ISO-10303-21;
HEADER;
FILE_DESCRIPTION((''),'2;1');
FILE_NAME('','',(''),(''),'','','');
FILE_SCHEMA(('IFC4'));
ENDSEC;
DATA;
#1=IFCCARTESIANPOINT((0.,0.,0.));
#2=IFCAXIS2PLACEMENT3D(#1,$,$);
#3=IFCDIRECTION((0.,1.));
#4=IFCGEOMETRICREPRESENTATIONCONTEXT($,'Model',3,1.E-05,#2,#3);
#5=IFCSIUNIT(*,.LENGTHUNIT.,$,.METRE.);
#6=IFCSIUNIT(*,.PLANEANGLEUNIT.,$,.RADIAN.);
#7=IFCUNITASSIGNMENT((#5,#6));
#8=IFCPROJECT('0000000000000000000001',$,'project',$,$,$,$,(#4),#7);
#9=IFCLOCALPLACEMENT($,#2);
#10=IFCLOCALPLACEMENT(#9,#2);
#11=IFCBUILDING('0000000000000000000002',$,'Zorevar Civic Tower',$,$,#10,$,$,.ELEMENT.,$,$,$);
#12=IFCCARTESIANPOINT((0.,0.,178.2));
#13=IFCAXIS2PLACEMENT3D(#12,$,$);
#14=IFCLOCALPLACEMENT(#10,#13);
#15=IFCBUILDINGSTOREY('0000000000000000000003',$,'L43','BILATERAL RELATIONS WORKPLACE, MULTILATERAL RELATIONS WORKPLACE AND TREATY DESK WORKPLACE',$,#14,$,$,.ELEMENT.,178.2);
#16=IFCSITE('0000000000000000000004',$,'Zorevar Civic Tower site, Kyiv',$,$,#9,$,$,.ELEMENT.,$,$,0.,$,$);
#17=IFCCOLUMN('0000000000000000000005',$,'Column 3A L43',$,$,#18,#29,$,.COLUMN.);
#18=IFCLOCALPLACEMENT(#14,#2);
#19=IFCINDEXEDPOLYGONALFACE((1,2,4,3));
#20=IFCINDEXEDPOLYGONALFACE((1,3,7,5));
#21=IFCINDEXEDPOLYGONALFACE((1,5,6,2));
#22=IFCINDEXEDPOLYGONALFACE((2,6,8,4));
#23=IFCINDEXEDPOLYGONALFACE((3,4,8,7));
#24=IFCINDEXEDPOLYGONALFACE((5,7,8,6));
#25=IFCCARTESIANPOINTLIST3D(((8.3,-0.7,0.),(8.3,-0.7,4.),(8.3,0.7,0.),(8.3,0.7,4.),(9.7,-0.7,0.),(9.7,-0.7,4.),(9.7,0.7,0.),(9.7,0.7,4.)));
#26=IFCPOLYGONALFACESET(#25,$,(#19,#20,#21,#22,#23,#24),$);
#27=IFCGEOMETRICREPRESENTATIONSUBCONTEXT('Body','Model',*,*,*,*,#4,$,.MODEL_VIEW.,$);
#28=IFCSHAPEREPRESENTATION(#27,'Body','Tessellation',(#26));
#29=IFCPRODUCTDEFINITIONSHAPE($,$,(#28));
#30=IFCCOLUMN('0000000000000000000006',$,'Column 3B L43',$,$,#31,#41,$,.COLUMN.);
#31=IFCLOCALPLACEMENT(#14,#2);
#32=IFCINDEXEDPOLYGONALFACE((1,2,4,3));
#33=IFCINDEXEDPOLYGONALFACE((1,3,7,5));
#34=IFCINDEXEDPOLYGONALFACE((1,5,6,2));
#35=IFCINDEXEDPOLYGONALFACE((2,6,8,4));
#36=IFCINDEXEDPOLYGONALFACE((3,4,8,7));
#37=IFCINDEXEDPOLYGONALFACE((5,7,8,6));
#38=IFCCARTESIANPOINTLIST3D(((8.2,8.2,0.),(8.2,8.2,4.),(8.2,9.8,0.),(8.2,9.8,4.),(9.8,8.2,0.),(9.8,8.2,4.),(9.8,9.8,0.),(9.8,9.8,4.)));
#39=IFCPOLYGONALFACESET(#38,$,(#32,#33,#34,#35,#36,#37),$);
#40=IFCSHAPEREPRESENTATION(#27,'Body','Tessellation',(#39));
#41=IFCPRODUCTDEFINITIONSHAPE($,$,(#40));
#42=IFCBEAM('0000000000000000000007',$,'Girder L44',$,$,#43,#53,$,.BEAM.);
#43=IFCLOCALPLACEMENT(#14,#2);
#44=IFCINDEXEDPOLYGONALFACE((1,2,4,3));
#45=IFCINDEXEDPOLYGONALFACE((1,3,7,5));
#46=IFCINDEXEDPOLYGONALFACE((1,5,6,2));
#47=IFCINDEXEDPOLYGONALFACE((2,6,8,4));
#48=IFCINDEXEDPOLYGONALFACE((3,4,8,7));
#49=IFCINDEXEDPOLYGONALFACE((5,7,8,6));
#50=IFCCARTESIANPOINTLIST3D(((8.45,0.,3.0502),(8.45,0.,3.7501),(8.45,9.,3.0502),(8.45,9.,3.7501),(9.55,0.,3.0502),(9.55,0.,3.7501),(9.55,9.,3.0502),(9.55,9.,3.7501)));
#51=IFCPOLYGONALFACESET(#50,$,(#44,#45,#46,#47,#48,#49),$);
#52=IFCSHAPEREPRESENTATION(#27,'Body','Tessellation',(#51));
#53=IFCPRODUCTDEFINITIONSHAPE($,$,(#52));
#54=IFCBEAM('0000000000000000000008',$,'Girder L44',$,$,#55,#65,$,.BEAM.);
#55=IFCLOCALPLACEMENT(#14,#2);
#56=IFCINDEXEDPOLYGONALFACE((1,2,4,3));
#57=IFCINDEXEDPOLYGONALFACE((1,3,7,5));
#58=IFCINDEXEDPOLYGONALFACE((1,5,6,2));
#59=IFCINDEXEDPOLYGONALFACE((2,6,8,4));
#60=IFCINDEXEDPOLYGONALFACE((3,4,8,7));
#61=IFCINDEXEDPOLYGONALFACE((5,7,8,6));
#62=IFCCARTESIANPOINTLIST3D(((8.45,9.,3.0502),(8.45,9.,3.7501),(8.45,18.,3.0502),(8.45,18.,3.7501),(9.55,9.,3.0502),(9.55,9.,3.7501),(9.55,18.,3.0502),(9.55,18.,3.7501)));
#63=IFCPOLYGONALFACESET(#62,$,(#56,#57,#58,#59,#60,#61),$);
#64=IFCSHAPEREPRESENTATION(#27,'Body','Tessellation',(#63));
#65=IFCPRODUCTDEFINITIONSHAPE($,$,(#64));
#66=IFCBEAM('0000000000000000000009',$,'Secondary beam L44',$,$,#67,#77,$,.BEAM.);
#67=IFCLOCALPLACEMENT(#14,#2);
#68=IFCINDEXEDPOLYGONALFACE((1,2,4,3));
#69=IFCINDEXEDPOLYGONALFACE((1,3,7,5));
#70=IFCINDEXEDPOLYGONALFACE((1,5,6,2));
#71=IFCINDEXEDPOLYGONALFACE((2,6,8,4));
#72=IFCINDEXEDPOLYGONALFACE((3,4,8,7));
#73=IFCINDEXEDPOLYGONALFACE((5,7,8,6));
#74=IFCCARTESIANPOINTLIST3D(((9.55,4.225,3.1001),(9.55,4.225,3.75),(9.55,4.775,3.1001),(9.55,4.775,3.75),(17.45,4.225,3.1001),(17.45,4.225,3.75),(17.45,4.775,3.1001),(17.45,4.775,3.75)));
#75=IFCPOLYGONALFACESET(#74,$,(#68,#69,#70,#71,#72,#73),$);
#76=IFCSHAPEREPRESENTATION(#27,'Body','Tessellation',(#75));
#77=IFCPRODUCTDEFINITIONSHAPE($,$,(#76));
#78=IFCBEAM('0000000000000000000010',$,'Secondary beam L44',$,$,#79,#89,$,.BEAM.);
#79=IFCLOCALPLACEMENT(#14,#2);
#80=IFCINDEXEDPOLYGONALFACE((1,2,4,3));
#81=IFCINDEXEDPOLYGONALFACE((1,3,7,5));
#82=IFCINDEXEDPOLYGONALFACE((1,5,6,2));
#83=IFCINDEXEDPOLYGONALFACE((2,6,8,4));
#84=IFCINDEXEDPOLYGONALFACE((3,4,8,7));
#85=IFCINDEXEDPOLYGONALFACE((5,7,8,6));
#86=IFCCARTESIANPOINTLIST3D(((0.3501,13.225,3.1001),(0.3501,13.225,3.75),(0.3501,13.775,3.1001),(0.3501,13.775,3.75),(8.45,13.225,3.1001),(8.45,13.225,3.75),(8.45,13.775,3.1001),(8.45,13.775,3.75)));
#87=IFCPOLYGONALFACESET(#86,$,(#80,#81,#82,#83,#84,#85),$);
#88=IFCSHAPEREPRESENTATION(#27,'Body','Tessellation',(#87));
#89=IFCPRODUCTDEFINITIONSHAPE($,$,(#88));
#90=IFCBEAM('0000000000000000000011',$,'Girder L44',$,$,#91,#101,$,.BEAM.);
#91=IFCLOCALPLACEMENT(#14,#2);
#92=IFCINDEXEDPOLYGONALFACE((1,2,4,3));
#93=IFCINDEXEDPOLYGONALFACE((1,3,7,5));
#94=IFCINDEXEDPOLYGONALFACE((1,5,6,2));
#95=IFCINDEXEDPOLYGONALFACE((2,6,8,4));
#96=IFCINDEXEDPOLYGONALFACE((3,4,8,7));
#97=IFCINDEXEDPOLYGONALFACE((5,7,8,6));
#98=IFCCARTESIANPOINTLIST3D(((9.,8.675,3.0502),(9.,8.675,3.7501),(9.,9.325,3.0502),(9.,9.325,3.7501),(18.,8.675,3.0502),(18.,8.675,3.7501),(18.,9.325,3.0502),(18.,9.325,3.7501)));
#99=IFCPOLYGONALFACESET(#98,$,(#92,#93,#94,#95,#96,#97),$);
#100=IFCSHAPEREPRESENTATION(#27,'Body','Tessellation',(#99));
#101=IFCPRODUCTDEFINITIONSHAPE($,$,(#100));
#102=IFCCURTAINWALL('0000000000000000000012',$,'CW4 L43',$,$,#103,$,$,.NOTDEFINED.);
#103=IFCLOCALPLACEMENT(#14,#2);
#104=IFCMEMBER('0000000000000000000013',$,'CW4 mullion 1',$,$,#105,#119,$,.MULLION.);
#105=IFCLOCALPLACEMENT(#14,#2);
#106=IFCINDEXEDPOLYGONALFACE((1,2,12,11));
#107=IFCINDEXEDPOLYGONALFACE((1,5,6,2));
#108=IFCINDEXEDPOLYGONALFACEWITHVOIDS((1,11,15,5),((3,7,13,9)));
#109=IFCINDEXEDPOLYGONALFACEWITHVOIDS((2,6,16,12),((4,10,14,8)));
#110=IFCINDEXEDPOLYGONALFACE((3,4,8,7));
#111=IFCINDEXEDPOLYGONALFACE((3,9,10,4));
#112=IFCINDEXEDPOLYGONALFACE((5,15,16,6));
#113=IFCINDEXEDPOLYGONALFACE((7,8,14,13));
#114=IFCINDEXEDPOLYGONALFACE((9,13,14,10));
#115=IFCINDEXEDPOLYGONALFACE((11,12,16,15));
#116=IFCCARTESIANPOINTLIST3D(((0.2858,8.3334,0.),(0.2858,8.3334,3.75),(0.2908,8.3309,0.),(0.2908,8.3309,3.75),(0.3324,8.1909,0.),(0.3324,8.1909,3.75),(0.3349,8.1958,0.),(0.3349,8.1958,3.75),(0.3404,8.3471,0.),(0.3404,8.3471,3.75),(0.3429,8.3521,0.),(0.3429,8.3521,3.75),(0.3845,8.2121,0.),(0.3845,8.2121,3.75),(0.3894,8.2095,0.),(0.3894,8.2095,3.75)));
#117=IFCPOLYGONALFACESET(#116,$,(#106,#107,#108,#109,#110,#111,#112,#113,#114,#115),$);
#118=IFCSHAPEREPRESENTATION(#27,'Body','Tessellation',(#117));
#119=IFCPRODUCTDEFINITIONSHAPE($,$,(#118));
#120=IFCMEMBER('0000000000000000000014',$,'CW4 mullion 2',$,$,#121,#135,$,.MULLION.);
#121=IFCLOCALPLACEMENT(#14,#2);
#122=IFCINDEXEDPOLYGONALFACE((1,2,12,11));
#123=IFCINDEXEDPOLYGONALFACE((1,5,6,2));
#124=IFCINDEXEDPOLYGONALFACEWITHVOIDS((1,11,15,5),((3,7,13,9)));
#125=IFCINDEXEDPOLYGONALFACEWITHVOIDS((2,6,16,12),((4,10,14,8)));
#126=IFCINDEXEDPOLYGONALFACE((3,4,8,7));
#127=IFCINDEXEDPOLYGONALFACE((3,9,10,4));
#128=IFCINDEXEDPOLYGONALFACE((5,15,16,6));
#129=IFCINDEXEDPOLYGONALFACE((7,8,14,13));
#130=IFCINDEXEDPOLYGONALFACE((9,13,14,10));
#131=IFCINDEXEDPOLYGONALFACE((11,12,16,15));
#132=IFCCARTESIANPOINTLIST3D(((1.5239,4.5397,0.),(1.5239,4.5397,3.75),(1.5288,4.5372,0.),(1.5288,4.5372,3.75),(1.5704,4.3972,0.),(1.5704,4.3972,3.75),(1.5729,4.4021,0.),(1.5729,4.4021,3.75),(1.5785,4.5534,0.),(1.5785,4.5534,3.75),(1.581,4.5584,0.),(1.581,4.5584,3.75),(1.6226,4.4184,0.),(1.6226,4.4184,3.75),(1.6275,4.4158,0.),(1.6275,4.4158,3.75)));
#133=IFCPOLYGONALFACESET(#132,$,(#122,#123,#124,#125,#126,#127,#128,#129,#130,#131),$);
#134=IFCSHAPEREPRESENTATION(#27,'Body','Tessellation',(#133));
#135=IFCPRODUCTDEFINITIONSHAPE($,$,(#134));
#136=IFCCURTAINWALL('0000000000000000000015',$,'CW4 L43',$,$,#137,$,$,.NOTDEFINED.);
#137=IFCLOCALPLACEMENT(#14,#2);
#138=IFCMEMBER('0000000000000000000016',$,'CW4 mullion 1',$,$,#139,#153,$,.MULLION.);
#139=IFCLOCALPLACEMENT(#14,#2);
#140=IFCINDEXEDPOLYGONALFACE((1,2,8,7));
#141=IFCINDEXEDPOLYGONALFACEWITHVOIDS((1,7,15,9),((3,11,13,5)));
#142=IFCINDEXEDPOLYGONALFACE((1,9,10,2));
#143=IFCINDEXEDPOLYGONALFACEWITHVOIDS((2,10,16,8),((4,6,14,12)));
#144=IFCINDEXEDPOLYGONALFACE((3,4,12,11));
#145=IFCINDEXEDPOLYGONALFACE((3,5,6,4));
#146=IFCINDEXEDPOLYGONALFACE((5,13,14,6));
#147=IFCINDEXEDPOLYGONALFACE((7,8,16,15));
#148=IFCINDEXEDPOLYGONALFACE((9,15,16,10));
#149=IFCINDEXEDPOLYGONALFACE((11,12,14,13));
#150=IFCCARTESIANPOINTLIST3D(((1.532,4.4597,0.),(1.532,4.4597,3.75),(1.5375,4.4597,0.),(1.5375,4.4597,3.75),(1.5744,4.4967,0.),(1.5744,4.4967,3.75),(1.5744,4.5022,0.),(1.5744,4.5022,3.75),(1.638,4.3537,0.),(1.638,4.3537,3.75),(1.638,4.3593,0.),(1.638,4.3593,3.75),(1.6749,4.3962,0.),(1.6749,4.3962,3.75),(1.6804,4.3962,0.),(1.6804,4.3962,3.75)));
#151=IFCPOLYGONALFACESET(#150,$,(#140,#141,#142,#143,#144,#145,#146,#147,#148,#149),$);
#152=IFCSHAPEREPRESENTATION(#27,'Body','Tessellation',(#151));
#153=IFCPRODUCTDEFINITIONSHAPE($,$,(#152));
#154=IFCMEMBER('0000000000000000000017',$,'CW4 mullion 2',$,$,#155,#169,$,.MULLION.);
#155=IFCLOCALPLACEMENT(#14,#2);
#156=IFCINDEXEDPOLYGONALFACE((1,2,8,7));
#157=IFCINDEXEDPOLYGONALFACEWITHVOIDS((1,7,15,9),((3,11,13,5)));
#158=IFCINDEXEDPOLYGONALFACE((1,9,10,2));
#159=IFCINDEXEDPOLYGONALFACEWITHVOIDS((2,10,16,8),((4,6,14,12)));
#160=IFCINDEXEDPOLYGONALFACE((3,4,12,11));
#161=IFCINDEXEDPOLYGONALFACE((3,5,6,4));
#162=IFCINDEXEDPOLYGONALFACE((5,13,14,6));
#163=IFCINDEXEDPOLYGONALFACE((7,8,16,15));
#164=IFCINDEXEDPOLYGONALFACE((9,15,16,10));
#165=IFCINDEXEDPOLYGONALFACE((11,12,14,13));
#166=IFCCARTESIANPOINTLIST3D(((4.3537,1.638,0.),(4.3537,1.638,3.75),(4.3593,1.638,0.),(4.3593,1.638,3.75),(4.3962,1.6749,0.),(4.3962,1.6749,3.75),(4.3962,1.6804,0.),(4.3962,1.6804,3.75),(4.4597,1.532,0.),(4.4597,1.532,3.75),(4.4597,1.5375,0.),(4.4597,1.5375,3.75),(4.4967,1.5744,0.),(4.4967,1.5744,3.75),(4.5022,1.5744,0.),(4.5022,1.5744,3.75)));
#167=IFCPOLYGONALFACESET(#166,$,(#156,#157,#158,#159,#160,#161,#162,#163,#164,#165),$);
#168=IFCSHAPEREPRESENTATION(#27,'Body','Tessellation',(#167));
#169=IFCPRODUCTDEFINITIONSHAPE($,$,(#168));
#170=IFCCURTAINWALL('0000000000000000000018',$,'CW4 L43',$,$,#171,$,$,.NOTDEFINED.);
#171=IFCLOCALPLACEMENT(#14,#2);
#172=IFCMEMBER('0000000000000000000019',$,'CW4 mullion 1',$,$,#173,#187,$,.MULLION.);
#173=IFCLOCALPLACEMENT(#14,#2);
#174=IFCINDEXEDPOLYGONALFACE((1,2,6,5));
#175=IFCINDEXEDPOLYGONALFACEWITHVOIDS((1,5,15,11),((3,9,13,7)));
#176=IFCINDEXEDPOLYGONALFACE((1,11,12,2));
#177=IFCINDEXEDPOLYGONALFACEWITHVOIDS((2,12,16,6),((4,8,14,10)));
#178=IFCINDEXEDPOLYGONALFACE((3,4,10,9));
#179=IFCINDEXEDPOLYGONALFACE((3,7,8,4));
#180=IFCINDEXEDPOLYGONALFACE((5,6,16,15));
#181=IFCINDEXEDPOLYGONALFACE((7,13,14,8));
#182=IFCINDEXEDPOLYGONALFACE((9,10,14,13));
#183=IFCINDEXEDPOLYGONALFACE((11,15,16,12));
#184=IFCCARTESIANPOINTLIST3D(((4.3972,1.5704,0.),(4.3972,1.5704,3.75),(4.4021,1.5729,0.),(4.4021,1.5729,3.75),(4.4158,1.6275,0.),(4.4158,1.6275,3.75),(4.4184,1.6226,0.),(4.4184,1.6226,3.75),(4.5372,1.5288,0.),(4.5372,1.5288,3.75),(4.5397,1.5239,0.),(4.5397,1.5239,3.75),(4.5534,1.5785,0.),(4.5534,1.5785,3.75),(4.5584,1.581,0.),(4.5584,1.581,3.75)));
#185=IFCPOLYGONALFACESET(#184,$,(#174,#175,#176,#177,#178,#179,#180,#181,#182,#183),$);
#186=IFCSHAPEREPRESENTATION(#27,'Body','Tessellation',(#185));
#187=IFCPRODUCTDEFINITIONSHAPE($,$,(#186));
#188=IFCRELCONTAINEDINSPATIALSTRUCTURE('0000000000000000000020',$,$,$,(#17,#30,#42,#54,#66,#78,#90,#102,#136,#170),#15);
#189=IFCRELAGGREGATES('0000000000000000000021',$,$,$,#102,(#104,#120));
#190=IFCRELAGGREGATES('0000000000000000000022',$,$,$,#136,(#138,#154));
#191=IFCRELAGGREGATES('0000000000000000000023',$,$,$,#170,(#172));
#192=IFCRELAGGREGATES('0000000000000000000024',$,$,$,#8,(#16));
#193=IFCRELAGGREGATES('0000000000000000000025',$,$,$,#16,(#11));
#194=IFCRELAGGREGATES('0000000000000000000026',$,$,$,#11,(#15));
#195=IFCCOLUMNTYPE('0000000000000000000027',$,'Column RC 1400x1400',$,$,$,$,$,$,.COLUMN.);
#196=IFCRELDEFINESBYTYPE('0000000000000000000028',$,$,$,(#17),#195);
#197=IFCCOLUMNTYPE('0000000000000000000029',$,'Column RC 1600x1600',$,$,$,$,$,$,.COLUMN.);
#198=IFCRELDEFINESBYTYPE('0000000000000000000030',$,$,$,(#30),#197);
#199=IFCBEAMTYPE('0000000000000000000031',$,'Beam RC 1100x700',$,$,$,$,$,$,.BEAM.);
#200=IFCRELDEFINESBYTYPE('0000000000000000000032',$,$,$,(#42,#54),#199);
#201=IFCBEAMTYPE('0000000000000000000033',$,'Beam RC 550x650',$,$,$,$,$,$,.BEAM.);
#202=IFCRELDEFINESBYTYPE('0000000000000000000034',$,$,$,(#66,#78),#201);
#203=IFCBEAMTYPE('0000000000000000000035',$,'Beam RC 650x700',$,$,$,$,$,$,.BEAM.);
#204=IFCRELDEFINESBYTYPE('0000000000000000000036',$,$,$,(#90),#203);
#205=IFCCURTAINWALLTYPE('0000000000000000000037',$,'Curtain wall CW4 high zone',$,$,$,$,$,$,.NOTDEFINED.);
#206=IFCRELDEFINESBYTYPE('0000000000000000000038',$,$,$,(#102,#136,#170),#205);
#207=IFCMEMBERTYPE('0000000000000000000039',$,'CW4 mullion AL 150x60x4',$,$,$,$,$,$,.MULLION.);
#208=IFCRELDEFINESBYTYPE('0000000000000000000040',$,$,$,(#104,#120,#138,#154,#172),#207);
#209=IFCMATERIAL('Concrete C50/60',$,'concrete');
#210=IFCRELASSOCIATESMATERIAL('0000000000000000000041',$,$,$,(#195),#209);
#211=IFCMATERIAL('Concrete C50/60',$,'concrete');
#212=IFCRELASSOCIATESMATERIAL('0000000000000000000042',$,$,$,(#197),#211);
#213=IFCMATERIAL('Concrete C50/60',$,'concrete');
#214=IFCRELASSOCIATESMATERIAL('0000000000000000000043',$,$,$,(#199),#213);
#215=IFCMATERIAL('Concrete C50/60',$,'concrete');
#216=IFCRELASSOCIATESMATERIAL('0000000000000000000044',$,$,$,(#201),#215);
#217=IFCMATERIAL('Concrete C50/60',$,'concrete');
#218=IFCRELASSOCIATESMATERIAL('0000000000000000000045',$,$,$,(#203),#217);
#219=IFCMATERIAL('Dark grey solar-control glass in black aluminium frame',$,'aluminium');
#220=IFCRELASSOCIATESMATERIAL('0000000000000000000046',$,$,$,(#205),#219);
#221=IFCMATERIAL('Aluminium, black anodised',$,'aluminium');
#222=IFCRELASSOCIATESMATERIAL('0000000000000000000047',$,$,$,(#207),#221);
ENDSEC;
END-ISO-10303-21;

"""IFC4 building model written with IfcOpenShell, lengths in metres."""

from ifc_helpers import new_model, si_unit, direction, frame, origin, origin_2d, place, context, subcontext, project, spatial, rectangle, hollow_rectangle, extrude, material, material_profile, profile_set, type_object, element, aggregate, save


model = new_model("IFC4")

# Units and contexts
model_context = context("Model", 3, precision=1e-05, world=origin(), true_north=direction((0.0, 1.0)))
body_context = subcontext(model_context, "Body", "Model", "MODEL_VIEW")
ifc_project = project(units=[si_unit("LENGTHUNIT", "METRE"), si_unit("PLANEANGLEUNIT", "RADIAN")], contexts=[model_context])

# Site, building, storey
site_placement = place(None, origin())
site = spatial("IfcSite", under=ifc_project, at=site_placement, Name="Zorevar Civic Tower site, Kyiv", CompositionType="ELEMENT", RefElevation=0.0)
building_placement = place(site_placement, origin())
building = spatial("IfcBuilding", under=site, at=building_placement, Name="Zorevar Civic Tower", CompositionType="ELEMENT")
storey_placement = place(building_placement, frame((0.0, 0.0, 178.2)))
storey = spatial("IfcBuildingStorey", under=building, at=storey_placement, Name="L43", Description="BILATERAL RELATIONS WORKPLACE, MULTILATERAL RELATIONS WORKPLACE AND TREATY DESK WORKPLACE", CompositionType="ELEMENT", Elevation=178.2)

# Columns
ifc_material_1 = material(Name="Concrete C50/60", Category="concrete")
ifc_material_profile_1 = material_profile(ifc_material_1, rectangle(XDim=1.3999, YDim=1.3999, at=origin_2d()), Name="RC 1400x1400")
ifc_profile_set_1 = profile_set([ifc_material_profile_1], Name="Concrete C50/60")
column_type_1 = type_object("IfcColumnType", Name="Column RC 1400x1400", PredefinedType="COLUMN", material=ifc_profile_set_1)
column_1_placement = place(storey_placement, frame((9.0, 0.0, 0.0), z_axis=(0.0, 0.0, 1.0), x_axis=(1.0, 0.0, 0.0)))
element("IfcColumn", 1, at=column_1_placement, inside=storey, type_object=column_type_1, Name="Column 3A L43", PredefinedType="COLUMN", context=body_context, shape_type="SweptSolid", body=[
    extrude(rectangle(XDim=1.3999, YDim=1.3999, at=origin_2d()), origin(), (0.0, 0.0, 1.0), 4.0),
])
ifc_material_2 = material(Name="Concrete C50/60", Category="concrete")
ifc_material_profile_2 = material_profile(ifc_material_2, rectangle(XDim=1.6001, YDim=1.6001, at=origin_2d()), Name="RC 1600x1600")
ifc_profile_set_2 = profile_set([ifc_material_profile_2], Name="Concrete C50/60")
column_type_2 = type_object("IfcColumnType", Name="Column RC 1600x1600", PredefinedType="COLUMN", material=ifc_profile_set_2)
column_2_placement = place(storey_placement, frame((9.0, 9.0, 0.0), z_axis=(0.0, 0.0, 1.0), x_axis=(1.0, 0.0, 0.0)))
element("IfcColumn", 2, at=column_2_placement, inside=storey, type_object=column_type_2, Name="Column 3B L43", PredefinedType="COLUMN", context=body_context, shape_type="SweptSolid", body=[
    extrude(rectangle(XDim=1.6001, YDim=1.6001, at=origin_2d()), origin(), (0.0, 0.0, 1.0), 4.0),
])

# Beams
ifc_material_3 = material(Name="Concrete C50/60", Category="concrete")
ifc_material_profile_3 = material_profile(ifc_material_3, rectangle(XDim=1.1001, YDim=0.7, at=origin_2d()), Name="RC 1100x700")
ifc_profile_set_3 = profile_set([ifc_material_profile_3], Name="Concrete C50/60")
beam_type_1 = type_object("IfcBeamType", Name="Beam RC 1100x700", PredefinedType="BEAM", material=ifc_profile_set_3)
for number, where, z_axis, x_axis, name in (
    (3, (9.0, 0.0, 3.4001), (0.0, 1.0, 0.0), (-1.0, 0.0, 0.0), "Girder L44"),
    (4, (9.0, 9.0, 3.4001), (0.0, 1.0, 0.0), (-1.0, 0.0, 0.0), "Girder L44"),
):
    element("IfcBeam", number, at=place(storey_placement, frame(where, z_axis=z_axis, x_axis=x_axis)), inside=storey, type_object=beam_type_1, Name=name, PredefinedType="BEAM", context=body_context, shape_type="SweptSolid", body=[
        extrude(rectangle(XDim=1.1001, YDim=0.7, at=origin_2d()), origin(), (0.0, 0.0, 1.0), 9.0),
    ])
ifc_material_4 = material(Name="Concrete C50/60", Category="concrete")
ifc_material_profile_4 = material_profile(ifc_material_4, rectangle(XDim=0.55, YDim=0.6499, at=origin_2d()), Name="RC 550x650")
ifc_profile_set_4 = profile_set([ifc_material_profile_4], Name="Concrete C50/60")
beam_type_2 = type_object("IfcBeamType", Name="Beam RC 550x650", PredefinedType="BEAM", material=ifc_profile_set_4)
beam_1_placement = place(storey_placement, frame((9.55, 4.5, 3.425), z_axis=(1.0, 0.0, 0.0), x_axis=(0.0, 1.0, 0.0)))
element("IfcBeam", 5, at=beam_1_placement, inside=storey, type_object=beam_type_2, Name="Secondary beam L44", PredefinedType="BEAM", context=body_context, shape_type="SweptSolid", body=[
    extrude(rectangle(XDim=0.55, YDim=0.6499, at=origin_2d()), origin(), (0.0, 0.0, 1.0), 7.8999),
])
beam_2_placement = place(storey_placement, frame((0.3501, 13.5, 3.425), z_axis=(1.0, 0.0, 0.0), x_axis=(0.0, 1.0, 0.0)))
element("IfcBeam", 6, at=beam_2_placement, inside=storey, type_object=beam_type_2, Name="Secondary beam L44", PredefinedType="BEAM", context=body_context, shape_type="SweptSolid", body=[
    extrude(rectangle(XDim=0.55, YDim=0.6499, at=origin_2d()), origin(), (0.0, 0.0, 1.0), 8.0999),
])
ifc_material_5 = material(Name="Concrete C50/60", Category="concrete")
ifc_material_profile_5 = material_profile(ifc_material_5, rectangle(XDim=0.6499, YDim=0.7, at=origin_2d()), Name="RC 650x700")
ifc_profile_set_5 = profile_set([ifc_material_profile_5], Name="Concrete C50/60")
beam_type_3 = type_object("IfcBeamType", Name="Beam RC 650x700", PredefinedType="BEAM", material=ifc_profile_set_5)
beam_3_placement = place(storey_placement, frame((9.0, 9.0, 3.4001), z_axis=(1.0, 0.0, 0.0), x_axis=(0.0, 1.0, 0.0)))
element("IfcBeam", 7, at=beam_3_placement, inside=storey, type_object=beam_type_3, Name="Girder L44", PredefinedType="BEAM", context=body_context, shape_type="SweptSolid", body=[
    extrude(rectangle(XDim=0.6499, YDim=0.7, at=origin_2d()), origin(), (0.0, 0.0, 1.0), 9.0),
])

# Curtain walls, members
ifc_material_6 = material(Name="Dark grey solar-control glass in black aluminium frame", Category="aluminium")
curtain_wall_type = type_object("IfcCurtainWallType", Name="Curtain wall CW4 high zone", PredefinedType="NOTDEFINED", material=ifc_material_6)
curtain_wall_1_placement = place(storey_placement, origin())
curtain_wall_1 = element("IfcCurtainWall", 8, at=curtain_wall_1_placement, inside=storey, type_object=curtain_wall_type, Name="CW4 L43", PredefinedType="NOTDEFINED")
ifc_material_7 = material(Name="Aluminium, black anodised", Category="aluminium")
ifc_material_profile_6 = material_profile(ifc_material_7, hollow_rectangle(XDim=0.0601, YDim=0.1499, WallThickness=0.0039, at=origin_2d()), Name="AL 150x60x4")
ifc_profile_set_6 = profile_set([ifc_material_profile_6], Name="Aluminium, black anodised")
member_type_1 = type_object("IfcMemberType", Name="CW4 mullion AL 150x60x4", PredefinedType="MULLION", material=ifc_profile_set_6)
member_1_placement = place(storey_placement, frame((0.3376, 8.2715, 0.0), z_axis=(0.0, 0.0, 1.0), x_axis=(0.950645, 0.310281, 0.0)))
member_1 = element("IfcMember", 9, at=member_1_placement, type_object=member_type_1, Name="CW4 mullion 1", PredefinedType="MULLION", context=body_context, shape_type="SweptSolid", body=[
    extrude(hollow_rectangle(XDim=0.0601, YDim=0.1499, WallThickness=0.0039, at=origin_2d()), origin(), (0.0, 0.0, 1.0), 3.75),
])
member_2_placement = place(storey_placement, frame((1.5757, 4.4778, 0.0), z_axis=(0.0, 0.0, 1.0), x_axis=(0.950645, 0.310281, 0.0)))
member_2 = element("IfcMember", 10, at=member_2_placement, type_object=member_type_1, Name="CW4 mullion 2", PredefinedType="MULLION", context=body_context, shape_type="SweptSolid", body=[
    extrude(hollow_rectangle(XDim=0.0601, YDim=0.1499, WallThickness=0.0039, at=origin_2d()), origin(), (0.0, 0.0, 1.0), 3.75),
])
curtain_wall_2_placement = place(storey_placement, origin())
curtain_wall_2 = element("IfcCurtainWall", 11, at=curtain_wall_2_placement, inside=storey, type_object=curtain_wall_type, Name="CW4 L43", PredefinedType="NOTDEFINED")
member_3_placement = place(storey_placement, frame((1.6062, 4.428, 0.0), z_axis=(0.0, 0.0, 1.0), x_axis=(0.707107, 0.707107, 0.0)))
member_3 = element("IfcMember", 12, at=member_3_placement, type_object=member_type_1, Name="CW4 mullion 1", PredefinedType="MULLION", context=body_context, shape_type="SweptSolid", body=[
    extrude(hollow_rectangle(XDim=0.0601, YDim=0.1499, WallThickness=0.0039, at=origin_2d()), origin(), (0.0, 0.0, 1.0), 3.75),
])
member_4_placement = place(storey_placement, frame((4.428, 1.6062, 0.0), z_axis=(0.0, 0.0, 1.0), x_axis=(0.707107, 0.707107, 0.0)))
member_4 = element("IfcMember", 13, at=member_4_placement, type_object=member_type_1, Name="CW4 mullion 2", PredefinedType="MULLION", context=body_context, shape_type="SweptSolid", body=[
    extrude(hollow_rectangle(XDim=0.0601, YDim=0.1499, WallThickness=0.0039, at=origin_2d()), origin(), (0.0, 0.0, 1.0), 3.75),
])
curtain_wall_3_placement = place(storey_placement, origin())
curtain_wall_3 = element("IfcCurtainWall", 14, at=curtain_wall_3_placement, inside=storey, type_object=curtain_wall_type, Name="CW4 L43", PredefinedType="NOTDEFINED")
member_5_placement = place(storey_placement, frame((4.4778, 1.5757, 0.0), z_axis=(0.0, 0.0, 1.0), x_axis=(0.310281, 0.950645, 0.0)))
member_5 = element("IfcMember", 15, at=member_5_placement, type_object=member_type_1, Name="CW4 mullion 1", PredefinedType="MULLION", context=body_context, shape_type="SweptSolid", body=[
    extrude(hollow_rectangle(XDim=0.0601, YDim=0.1499, WallThickness=0.0039, at=origin_2d()), origin(), (0.0, 0.0, 1.0), 3.75),
])

aggregate(curtain_wall_1, [member_1, member_2])
aggregate(curtain_wall_2, [member_3, member_4])
aggregate(curtain_wall_3, [member_5])

save(model, "model.ifc")
